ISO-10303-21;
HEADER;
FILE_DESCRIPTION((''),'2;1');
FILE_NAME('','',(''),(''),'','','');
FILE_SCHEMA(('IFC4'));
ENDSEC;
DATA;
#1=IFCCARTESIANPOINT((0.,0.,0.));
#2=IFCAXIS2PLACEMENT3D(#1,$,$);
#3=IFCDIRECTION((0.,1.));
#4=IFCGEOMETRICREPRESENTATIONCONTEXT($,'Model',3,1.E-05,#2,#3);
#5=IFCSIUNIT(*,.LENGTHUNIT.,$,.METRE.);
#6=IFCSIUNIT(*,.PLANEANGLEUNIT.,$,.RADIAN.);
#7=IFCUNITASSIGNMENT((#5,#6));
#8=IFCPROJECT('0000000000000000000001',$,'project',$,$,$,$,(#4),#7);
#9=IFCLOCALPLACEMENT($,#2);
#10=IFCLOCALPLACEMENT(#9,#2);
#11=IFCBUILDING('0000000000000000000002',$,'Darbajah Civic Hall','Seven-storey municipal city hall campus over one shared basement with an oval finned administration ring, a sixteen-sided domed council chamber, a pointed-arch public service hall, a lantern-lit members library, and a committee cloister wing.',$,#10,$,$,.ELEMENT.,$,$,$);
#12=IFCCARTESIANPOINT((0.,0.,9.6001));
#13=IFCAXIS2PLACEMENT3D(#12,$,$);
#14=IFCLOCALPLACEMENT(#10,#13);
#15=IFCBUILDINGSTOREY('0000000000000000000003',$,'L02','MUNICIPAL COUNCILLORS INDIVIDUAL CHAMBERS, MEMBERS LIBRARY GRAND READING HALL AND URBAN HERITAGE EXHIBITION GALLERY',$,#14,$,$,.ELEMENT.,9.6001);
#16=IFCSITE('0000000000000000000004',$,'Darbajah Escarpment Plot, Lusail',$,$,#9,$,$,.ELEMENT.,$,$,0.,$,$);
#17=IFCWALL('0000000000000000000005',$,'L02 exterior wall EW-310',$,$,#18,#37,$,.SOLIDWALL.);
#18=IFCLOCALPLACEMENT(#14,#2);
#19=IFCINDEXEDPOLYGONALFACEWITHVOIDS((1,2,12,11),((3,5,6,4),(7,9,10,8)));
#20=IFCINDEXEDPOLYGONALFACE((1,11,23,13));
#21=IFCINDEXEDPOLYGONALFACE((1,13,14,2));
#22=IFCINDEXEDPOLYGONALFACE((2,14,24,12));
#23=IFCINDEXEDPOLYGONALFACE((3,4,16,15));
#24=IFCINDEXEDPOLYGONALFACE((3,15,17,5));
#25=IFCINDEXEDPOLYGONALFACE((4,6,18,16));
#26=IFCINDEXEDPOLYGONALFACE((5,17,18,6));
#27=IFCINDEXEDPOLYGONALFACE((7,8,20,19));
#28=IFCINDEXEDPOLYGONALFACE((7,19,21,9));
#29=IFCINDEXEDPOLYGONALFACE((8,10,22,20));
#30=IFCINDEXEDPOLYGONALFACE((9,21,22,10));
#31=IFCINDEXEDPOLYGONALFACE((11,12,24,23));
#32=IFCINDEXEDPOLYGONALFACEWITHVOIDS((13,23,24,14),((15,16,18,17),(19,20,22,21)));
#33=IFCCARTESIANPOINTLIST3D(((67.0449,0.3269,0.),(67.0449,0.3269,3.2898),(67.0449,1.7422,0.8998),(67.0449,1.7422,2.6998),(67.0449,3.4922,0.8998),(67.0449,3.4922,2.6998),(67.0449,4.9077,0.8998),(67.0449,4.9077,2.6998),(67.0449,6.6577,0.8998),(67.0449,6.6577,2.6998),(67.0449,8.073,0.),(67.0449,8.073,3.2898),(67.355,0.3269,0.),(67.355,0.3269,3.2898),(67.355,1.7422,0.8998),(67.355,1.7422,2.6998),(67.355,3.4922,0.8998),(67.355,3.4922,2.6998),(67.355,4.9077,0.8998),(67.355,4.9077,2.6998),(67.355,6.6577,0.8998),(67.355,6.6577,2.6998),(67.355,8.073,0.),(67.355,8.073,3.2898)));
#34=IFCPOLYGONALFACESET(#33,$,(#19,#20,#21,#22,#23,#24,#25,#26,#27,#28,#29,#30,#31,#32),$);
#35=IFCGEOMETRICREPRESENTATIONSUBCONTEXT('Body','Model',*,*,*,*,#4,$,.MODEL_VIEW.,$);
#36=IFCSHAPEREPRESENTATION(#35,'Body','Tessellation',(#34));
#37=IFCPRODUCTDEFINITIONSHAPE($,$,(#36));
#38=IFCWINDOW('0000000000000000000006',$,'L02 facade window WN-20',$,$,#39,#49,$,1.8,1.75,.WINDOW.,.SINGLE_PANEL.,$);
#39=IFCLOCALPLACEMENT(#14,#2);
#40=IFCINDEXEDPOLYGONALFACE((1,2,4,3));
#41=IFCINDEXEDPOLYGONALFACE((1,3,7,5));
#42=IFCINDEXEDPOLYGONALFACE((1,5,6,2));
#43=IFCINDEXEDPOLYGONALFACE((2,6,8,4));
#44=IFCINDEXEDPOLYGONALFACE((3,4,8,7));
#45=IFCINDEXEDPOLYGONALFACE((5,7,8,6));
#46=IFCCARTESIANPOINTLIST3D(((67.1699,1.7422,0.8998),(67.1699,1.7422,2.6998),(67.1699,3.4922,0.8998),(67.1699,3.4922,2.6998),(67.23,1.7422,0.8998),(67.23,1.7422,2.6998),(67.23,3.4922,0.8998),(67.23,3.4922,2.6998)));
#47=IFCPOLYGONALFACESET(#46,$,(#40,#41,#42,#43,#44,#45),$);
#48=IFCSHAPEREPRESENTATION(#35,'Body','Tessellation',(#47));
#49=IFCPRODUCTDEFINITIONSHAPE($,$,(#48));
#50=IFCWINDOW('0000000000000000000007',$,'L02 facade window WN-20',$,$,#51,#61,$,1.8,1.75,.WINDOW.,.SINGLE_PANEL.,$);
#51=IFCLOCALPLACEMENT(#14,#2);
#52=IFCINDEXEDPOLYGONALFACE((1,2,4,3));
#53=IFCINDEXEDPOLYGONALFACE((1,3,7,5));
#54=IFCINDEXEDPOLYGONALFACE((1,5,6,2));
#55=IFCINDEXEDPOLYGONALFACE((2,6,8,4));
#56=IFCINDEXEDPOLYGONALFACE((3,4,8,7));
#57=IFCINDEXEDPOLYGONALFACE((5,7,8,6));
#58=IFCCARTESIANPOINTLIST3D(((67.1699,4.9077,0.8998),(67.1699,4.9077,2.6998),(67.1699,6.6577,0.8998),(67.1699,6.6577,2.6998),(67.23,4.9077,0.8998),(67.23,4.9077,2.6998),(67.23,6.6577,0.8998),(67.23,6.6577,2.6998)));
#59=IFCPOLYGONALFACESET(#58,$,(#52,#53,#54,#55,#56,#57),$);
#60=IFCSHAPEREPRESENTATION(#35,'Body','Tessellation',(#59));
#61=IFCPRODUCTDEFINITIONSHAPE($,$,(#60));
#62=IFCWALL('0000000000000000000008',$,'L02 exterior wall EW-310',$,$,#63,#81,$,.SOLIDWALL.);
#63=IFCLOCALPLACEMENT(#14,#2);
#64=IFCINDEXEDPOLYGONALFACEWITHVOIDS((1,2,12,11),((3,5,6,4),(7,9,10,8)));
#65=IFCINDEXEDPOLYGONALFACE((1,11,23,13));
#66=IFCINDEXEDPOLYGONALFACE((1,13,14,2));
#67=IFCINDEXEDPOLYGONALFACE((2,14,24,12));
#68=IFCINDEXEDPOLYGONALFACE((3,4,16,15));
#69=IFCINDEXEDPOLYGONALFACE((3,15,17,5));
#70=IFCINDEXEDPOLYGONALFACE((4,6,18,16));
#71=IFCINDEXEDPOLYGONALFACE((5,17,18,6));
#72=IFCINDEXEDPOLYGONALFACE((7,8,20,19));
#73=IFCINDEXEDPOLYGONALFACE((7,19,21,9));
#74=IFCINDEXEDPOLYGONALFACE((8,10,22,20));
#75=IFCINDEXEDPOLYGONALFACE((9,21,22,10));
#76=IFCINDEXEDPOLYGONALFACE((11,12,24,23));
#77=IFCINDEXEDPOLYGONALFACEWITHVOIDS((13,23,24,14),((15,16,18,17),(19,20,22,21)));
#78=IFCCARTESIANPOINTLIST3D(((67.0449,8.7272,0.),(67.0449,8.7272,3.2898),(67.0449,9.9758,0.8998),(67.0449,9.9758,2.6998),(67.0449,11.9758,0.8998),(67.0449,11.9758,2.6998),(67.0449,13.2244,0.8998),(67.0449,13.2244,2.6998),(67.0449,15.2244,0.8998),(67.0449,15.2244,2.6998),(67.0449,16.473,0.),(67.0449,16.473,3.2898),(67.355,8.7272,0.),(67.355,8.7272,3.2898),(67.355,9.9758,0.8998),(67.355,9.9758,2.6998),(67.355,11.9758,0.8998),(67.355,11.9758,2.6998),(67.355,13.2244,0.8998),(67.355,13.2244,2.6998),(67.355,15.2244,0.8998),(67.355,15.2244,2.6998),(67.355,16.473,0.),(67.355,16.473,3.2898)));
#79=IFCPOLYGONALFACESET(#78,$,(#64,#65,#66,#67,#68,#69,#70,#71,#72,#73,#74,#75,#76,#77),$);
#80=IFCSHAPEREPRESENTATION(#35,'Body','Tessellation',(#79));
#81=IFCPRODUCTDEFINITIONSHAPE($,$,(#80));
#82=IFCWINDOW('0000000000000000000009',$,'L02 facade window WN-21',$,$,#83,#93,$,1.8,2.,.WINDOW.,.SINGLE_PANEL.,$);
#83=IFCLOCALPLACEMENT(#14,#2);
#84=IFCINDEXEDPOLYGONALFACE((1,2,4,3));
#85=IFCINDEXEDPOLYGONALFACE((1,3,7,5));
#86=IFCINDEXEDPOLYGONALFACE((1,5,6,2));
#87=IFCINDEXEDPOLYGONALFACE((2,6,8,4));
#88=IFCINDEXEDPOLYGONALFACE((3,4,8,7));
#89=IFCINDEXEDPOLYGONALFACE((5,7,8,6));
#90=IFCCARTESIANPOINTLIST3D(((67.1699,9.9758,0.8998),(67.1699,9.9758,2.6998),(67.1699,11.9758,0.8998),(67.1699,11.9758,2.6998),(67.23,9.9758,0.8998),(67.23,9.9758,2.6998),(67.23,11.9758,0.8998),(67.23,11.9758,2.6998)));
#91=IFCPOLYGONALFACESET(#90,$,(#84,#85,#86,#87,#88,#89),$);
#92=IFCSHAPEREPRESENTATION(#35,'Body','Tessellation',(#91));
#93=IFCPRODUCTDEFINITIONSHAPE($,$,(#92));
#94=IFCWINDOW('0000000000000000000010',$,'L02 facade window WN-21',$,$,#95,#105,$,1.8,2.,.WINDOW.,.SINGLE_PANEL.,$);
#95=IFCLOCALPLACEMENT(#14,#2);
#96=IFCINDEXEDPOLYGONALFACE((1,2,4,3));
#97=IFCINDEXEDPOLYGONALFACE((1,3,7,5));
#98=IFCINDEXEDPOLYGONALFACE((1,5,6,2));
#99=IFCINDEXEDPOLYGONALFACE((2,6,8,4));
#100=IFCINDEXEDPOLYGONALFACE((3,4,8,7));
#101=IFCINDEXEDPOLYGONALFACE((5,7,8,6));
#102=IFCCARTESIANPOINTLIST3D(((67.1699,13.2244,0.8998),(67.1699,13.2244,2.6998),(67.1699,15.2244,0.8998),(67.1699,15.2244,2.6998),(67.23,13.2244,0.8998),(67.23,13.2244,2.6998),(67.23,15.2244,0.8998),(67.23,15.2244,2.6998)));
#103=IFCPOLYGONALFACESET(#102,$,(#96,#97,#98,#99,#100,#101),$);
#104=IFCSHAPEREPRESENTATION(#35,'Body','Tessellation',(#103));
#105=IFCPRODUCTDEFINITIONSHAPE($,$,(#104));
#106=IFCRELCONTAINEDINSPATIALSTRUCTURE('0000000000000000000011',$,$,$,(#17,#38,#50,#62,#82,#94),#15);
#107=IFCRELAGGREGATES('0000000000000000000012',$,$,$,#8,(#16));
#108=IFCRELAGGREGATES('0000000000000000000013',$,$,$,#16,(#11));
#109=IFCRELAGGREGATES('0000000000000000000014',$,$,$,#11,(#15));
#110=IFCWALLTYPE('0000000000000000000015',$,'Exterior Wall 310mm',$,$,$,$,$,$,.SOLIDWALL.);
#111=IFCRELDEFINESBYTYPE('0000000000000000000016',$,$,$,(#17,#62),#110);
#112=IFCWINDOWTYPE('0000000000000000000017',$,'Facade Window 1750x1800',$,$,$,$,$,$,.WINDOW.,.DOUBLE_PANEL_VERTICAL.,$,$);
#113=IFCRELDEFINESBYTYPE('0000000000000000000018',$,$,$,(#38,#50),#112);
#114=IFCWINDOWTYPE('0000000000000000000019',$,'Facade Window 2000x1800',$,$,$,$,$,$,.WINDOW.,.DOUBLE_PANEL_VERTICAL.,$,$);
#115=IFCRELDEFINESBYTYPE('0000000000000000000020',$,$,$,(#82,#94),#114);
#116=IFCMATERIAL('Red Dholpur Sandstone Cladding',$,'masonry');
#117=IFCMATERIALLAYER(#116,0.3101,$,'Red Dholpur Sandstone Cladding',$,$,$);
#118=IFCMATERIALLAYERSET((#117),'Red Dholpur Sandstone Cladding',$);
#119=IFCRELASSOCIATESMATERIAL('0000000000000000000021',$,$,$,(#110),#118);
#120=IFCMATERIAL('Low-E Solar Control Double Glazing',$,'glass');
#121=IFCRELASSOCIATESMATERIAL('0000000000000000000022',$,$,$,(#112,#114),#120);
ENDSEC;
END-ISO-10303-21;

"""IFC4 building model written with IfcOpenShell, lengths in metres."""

from ifc_helpers import new_model, si_unit, direction, frame, frame_2d, origin, place, context, subcontext, project, spatial, rectangle, extrude, material, layer, layer_set, type_object, element, fill, save


model = new_model("IFC4")

# Units and contexts
model_context = context("Model", 3, precision=1e-05, world=origin(), true_north=direction((0.0, 1.0)))
body_context = subcontext(model_context, "Body", "Model", "MODEL_VIEW")
ifc_project = project(units=[si_unit("LENGTHUNIT", "METRE"), si_unit("PLANEANGLEUNIT", "RADIAN")], contexts=[model_context])

# Site, building, storey
site_placement = place(None, origin())
site = spatial("IfcSite", under=ifc_project, at=site_placement, Name="Darbajah Escarpment Plot, Lusail", CompositionType="ELEMENT", RefElevation=0.0)
building_placement = place(site_placement, origin())
building = spatial("IfcBuilding", under=site, at=building_placement, Name="Darbajah Civic Hall", Description="Seven-storey municipal city hall campus over one shared basement with an oval finned administration ring, a sixteen-sided domed council chamber, a pointed-arch public service hall, a lantern-lit members library, and a committee cloister wing.", CompositionType="ELEMENT")
storey_placement = place(building_placement, frame((0.0, 0.0, 9.6001)))
storey = spatial("IfcBuildingStorey", under=building, at=storey_placement, Name="L02", Description="MUNICIPAL COUNCILLORS INDIVIDUAL CHAMBERS, MEMBERS LIBRARY GRAND READING HALL AND URBAN HERITAGE EXHIBITION GALLERY", CompositionType="ELEMENT", Elevation=9.6001)

# Walls, openings, windows
ifc_material_1 = material(Name="Red Dholpur Sandstone Cladding", Category="masonry")
ifc_layer = layer(ifc_material_1, 0.3101, Name="Red Dholpur Sandstone Cladding")
ifc_layer_set = layer_set([ifc_layer], Name="Red Dholpur Sandstone Cladding")
wall_type = type_object("IfcWallType", Name="Exterior Wall 310mm", PredefinedType="SOLIDWALL", material=ifc_layer_set)
ifc_material_2 = material(Name="Low-E Solar Control Double Glazing", Category="glass")
wall_1_placement = place(storey_placement, frame((67.2, 0.3269, 0.0), z_axis=(0.0, 0.0, 1.0), x_axis=(0.0, 1.0, 0.0)))
wall_1 = element("IfcWall", 1, at=wall_1_placement, inside=storey, type_object=wall_type, Name="L02 exterior wall EW-310", PredefinedType="SOLIDWALL", context=body_context, shape_type="SweptSolid", body=[
    extrude(rectangle(XDim=7.7461, YDim=0.3101, at=frame_2d((3.873, 0.0))), origin(), (0.0, 0.0, 1.0), 3.2898),
])
opening_1_placement = place(wall_1_placement, frame((1.4153, 0.0, 0.8999)))
opening_1 = element("IfcOpeningElement", 2, at=opening_1_placement, cuts=wall_1, PredefinedType="OPENING", context=body_context, shape_type="SweptSolid", body=[
    extrude(rectangle(XDim=1.75, YDim=1.8, at=frame_2d((0.875, 0.8999))), frame((0.0, 0.165, 0.0), z_axis=(0.0, -1.0, 0.0), x_axis=(1.0, 0.0, 0.0)), (0.0, 0.0, 1.0), 0.3301),
])
opening_2_placement = place(wall_1_placement, frame((4.5808, 0.0, 0.8999)))
opening_2 = element("IfcOpeningElement", 3, at=opening_2_placement, cuts=wall_1, PredefinedType="OPENING", context=body_context, shape_type="SweptSolid", body=[
    extrude(rectangle(XDim=1.75, YDim=1.8, at=frame_2d((0.875, 0.8999))), frame((0.0, 0.165, 0.0), z_axis=(0.0, -1.0, 0.0), x_axis=(1.0, 0.0, 0.0)), (0.0, 0.0, 1.0), 0.3301),
])
window_type_1 = type_object("IfcWindowType", Name="Facade Window 1750x1800", PartitioningType="DOUBLE_PANEL_VERTICAL", PredefinedType="WINDOW", material=ifc_material_2)
window_1_placement = place(opening_1_placement, origin())
window_1 = element("IfcWindow", 4, at=window_1_placement, inside=storey, type_object=window_type_1, Name="L02 facade window WN-20", OverallHeight=1.8, OverallWidth=1.75, PartitioningType="SINGLE_PANEL", PredefinedType="WINDOW", context=body_context, shape_type="SweptSolid", body=[
    extrude(rectangle(XDim=1.75, YDim=1.8, at=frame_2d((0.875, 0.8999))), frame((0.0, 0.03, 0.0), z_axis=(0.0, -1.0, 0.0), x_axis=(1.0, 0.0, 0.0)), (0.0, 0.0, 1.0), 0.0601),
])
fill(opening_1, window_1)
window_2_placement = place(opening_2_placement, origin())
window_2 = element("IfcWindow", 5, at=window_2_placement, inside=storey, type_object=window_type_1, Name="L02 facade window WN-20", OverallHeight=1.8, OverallWidth=1.75, PartitioningType="SINGLE_PANEL", PredefinedType="WINDOW", context=body_context, shape_type="SweptSolid", body=[
    extrude(rectangle(XDim=1.75, YDim=1.8, at=frame_2d((0.875, 0.8999))), frame((0.0, 0.03, 0.0), z_axis=(0.0, -1.0, 0.0), x_axis=(1.0, 0.0, 0.0)), (0.0, 0.0, 1.0), 0.0601),
])
fill(opening_2, window_2)
wall_2_placement = place(storey_placement, frame((67.2, 8.7271, 0.0), z_axis=(0.0, 0.0, 1.0), x_axis=(0.0, 1.0, 0.0)))
wall_2 = element("IfcWall", 6, at=wall_2_placement, inside=storey, type_object=wall_type, Name="L02 exterior wall EW-310", PredefinedType="SOLIDWALL", context=body_context, shape_type="SweptSolid", body=[
    extrude(rectangle(XDim=7.7458, YDim=0.3101, at=frame_2d((3.873, 0.0))), origin(), (0.0, 0.0, 1.0), 3.2898),
])
opening_3_placement = place(wall_2_placement, frame((1.2488, 0.0, 0.8999)))
opening_3 = element("IfcOpeningElement", 7, at=opening_3_placement, cuts=wall_2, PredefinedType="OPENING", context=body_context, shape_type="SweptSolid", body=[
    extrude(rectangle(XDim=2.0, YDim=1.8, at=frame_2d((1.0, 0.8999))), frame((0.0, 0.165, 0.0), z_axis=(0.0, -1.0, 0.0), x_axis=(1.0, 0.0, 0.0)), (0.0, 0.0, 1.0), 0.3301),
])
opening_4_placement = place(wall_2_placement, frame((4.4973, 0.0, 0.8999)))
opening_4 = element("IfcOpeningElement", 8, at=opening_4_placement, cuts=wall_2, PredefinedType="OPENING", context=body_context, shape_type="SweptSolid", body=[
    extrude(rectangle(XDim=2.0, YDim=1.8, at=frame_2d((1.0, 0.8999))), frame((0.0, 0.165, 0.0), z_axis=(0.0, -1.0, 0.0), x_axis=(1.0, 0.0, 0.0)), (0.0, 0.0, 1.0), 0.3301),
])
window_type_2 = type_object("IfcWindowType", Name="Facade Window 2000x1800", PartitioningType="DOUBLE_PANEL_VERTICAL", PredefinedType="WINDOW", material=ifc_material_2)
window_3_placement = place(opening_3_placement, origin())
window_3 = element("IfcWindow", 9, at=window_3_placement, inside=storey, type_object=window_type_2, Name="L02 facade window WN-21", OverallHeight=1.8, OverallWidth=2.0, PartitioningType="SINGLE_PANEL", PredefinedType="WINDOW", context=body_context, shape_type="SweptSolid", body=[
    extrude(rectangle(XDim=2.0, YDim=1.8, at=frame_2d((1.0, 0.8999))), frame((0.0, 0.03, 0.0), z_axis=(0.0, -1.0, 0.0), x_axis=(1.0, 0.0, 0.0)), (0.0, 0.0, 1.0), 0.0601),
])
fill(opening_3, window_3)
window_4_placement = place(opening_4_placement, origin())
window_4 = element("IfcWindow", 10, at=window_4_placement, inside=storey, type_object=window_type_2, Name="L02 facade window WN-21", OverallHeight=1.8, OverallWidth=2.0, PartitioningType="SINGLE_PANEL", PredefinedType="WINDOW", context=body_context, shape_type="SweptSolid", body=[
    extrude(rectangle(XDim=2.0, YDim=1.8, at=frame_2d((1.0, 0.8999))), frame((0.0, 0.03, 0.0), z_axis=(0.0, -1.0, 0.0), x_axis=(1.0, 0.0, 0.0)), (0.0, 0.0, 1.0), 0.0601),
])
fill(opening_4, window_4)

save(model, "model.ifc")
